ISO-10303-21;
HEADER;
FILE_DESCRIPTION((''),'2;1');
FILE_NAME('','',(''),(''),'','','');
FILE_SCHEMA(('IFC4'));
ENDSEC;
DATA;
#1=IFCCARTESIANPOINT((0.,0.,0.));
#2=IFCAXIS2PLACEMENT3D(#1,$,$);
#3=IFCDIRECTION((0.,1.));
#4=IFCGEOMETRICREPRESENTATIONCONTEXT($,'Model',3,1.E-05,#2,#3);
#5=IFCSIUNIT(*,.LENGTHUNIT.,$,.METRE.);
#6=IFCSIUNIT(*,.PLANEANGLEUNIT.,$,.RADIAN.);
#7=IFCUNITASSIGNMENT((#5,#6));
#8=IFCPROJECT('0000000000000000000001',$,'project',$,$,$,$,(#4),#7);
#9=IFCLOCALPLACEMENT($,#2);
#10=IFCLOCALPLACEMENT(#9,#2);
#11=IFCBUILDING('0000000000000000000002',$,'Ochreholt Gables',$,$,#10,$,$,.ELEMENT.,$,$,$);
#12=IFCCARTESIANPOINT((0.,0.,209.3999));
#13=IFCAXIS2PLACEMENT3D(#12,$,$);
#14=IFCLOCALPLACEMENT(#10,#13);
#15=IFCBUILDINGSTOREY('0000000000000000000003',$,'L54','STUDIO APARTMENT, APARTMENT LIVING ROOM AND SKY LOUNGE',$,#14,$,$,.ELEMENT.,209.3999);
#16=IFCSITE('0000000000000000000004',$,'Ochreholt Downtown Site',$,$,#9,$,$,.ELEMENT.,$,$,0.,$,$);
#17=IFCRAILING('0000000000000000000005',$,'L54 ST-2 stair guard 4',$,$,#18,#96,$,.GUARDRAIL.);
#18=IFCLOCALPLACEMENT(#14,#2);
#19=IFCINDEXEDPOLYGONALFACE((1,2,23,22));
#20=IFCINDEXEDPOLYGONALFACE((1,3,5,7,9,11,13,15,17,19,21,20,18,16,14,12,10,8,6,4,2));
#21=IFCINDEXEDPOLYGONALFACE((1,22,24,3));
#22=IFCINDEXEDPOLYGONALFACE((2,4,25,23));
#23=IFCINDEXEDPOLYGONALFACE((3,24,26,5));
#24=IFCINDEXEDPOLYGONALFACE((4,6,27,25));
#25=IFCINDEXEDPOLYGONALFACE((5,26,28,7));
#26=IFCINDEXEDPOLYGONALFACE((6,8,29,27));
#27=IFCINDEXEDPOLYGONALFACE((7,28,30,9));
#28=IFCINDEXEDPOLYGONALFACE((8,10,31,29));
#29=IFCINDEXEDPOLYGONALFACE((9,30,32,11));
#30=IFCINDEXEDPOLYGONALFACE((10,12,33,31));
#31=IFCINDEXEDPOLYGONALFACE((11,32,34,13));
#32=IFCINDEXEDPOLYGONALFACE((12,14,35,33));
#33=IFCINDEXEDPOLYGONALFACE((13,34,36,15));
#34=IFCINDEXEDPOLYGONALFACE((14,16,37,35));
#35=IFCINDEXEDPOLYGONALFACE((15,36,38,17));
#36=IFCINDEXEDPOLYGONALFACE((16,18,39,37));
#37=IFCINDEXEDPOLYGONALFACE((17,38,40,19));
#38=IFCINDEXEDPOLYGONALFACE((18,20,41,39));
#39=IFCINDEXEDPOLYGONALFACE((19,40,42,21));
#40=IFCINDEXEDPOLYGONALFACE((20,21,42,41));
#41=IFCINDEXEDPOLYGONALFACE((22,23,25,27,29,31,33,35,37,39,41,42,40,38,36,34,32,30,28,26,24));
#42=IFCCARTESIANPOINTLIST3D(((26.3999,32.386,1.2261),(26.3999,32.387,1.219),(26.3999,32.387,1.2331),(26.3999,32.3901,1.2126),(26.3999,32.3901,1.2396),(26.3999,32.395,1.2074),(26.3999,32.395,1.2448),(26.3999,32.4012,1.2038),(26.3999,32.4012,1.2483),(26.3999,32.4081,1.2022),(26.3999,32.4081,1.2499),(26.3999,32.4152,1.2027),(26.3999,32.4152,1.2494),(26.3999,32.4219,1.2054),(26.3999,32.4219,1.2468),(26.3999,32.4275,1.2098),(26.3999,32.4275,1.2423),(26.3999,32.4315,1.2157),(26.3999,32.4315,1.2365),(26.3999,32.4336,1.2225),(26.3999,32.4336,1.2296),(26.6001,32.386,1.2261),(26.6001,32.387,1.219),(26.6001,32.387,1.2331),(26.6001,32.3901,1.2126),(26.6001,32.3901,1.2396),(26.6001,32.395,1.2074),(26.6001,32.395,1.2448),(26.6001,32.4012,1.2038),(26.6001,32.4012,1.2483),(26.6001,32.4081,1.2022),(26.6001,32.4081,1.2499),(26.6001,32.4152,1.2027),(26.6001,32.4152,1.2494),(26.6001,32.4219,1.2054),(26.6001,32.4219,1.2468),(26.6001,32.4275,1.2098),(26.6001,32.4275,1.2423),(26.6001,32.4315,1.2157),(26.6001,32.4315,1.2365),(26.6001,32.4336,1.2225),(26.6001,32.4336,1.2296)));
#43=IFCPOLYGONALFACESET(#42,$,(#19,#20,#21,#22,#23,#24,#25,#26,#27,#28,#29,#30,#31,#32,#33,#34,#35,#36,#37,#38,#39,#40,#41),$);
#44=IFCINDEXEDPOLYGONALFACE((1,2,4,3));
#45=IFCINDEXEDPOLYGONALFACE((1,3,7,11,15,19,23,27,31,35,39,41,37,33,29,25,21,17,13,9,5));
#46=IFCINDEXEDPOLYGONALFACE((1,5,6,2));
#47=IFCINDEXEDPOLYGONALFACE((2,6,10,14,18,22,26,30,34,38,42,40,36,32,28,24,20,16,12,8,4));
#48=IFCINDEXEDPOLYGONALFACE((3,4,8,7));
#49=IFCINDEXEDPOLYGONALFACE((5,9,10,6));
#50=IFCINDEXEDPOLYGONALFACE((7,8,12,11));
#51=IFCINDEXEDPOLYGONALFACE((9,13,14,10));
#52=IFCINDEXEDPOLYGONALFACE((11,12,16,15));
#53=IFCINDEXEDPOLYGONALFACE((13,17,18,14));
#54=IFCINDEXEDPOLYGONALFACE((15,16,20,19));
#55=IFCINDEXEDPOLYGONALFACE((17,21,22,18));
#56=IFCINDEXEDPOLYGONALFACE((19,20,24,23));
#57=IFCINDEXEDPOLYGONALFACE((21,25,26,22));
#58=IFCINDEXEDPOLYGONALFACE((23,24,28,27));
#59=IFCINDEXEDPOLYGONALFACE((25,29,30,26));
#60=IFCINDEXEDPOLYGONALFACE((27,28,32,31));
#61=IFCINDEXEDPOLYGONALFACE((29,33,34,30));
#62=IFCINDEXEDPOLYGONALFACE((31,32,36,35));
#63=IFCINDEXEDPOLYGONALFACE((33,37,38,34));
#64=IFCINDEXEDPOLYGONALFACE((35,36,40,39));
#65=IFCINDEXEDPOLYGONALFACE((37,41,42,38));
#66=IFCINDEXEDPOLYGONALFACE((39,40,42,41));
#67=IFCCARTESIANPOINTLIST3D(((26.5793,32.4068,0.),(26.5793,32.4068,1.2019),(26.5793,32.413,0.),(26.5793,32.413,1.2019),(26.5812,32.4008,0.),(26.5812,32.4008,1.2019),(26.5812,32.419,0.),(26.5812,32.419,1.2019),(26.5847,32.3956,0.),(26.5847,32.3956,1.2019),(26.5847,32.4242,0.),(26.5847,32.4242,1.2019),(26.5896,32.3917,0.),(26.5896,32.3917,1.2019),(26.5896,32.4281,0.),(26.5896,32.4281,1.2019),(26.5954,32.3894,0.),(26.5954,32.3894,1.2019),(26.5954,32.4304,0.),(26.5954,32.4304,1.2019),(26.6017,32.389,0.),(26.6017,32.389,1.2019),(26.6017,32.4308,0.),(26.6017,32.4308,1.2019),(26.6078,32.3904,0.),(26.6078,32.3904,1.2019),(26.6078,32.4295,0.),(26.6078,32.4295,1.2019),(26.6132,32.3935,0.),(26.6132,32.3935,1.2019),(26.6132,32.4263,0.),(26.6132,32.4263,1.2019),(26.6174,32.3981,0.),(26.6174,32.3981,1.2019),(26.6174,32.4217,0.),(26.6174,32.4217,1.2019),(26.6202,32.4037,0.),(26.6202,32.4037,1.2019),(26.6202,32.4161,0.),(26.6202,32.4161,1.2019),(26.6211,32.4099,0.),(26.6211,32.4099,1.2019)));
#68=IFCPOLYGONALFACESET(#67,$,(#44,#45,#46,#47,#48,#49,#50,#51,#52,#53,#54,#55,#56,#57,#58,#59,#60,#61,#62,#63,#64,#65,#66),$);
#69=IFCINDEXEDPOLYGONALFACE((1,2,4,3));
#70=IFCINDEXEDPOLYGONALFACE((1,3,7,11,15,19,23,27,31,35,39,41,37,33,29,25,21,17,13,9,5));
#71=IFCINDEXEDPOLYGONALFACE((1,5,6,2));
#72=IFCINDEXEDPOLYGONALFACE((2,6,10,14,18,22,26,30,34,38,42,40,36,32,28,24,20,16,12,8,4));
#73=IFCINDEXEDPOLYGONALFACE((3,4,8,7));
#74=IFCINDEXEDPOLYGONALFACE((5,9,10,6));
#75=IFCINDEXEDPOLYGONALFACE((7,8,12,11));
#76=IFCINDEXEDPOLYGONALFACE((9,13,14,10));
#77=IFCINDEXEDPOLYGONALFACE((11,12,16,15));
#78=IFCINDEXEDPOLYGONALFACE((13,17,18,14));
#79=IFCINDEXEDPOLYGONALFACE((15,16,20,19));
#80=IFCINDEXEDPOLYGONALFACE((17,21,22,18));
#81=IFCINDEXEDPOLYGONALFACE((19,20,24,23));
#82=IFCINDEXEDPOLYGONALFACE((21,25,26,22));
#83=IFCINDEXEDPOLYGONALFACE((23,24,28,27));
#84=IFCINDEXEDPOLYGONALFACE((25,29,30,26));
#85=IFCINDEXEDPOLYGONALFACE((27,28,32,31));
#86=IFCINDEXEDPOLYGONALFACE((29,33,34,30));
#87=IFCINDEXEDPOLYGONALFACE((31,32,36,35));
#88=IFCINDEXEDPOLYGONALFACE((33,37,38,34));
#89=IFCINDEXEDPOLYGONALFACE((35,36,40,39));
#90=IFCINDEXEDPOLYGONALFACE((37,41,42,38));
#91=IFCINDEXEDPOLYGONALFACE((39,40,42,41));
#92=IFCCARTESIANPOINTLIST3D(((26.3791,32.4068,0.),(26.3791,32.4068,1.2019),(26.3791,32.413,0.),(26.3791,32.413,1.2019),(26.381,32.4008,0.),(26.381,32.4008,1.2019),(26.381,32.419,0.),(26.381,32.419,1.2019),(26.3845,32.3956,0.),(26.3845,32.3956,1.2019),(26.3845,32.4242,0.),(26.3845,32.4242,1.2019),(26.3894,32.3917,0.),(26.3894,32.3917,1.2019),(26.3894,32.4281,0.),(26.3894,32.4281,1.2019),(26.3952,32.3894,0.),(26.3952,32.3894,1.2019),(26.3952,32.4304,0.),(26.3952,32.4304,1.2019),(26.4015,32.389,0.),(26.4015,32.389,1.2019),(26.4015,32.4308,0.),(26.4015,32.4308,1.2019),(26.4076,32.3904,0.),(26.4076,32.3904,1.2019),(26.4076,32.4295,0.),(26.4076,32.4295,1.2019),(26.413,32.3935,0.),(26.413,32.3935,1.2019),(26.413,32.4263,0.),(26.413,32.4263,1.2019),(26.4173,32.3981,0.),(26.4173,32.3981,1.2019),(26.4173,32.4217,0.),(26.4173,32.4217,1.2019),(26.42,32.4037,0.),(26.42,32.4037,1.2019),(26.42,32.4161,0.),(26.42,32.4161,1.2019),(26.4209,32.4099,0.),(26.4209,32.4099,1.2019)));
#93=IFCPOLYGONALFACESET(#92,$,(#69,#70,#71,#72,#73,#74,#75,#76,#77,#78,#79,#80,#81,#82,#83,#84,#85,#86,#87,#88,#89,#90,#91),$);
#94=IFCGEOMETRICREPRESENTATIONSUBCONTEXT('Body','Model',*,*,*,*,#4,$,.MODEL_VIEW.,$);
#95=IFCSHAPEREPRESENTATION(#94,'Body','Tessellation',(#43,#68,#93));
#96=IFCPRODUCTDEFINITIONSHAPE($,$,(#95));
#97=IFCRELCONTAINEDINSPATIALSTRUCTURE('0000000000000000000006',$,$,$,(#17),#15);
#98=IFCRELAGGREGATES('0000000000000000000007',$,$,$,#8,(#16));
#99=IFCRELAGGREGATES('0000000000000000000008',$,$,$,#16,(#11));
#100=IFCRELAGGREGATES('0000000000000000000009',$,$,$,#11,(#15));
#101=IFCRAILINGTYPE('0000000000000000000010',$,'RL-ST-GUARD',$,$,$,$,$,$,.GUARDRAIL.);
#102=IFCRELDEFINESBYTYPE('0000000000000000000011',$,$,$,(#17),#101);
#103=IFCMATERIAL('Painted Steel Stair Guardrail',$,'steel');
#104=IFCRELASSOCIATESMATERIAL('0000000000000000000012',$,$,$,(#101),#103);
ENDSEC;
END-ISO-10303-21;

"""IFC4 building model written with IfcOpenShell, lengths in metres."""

from ifc_helpers import new_model, si_unit, direction, frame, origin, origin_2d, place, context, subcontext, project, spatial, circle, extrude, material, type_object, element, save


model = new_model("IFC4")

# Units and contexts
model_context = context("Model", 3, precision=1e-05, world=origin(), true_north=direction((0.0, 1.0)))
body_context = subcontext(model_context, "Body", "Model", "MODEL_VIEW")
ifc_project = project(units=[si_unit("LENGTHUNIT", "METRE"), si_unit("PLANEANGLEUNIT", "RADIAN")], contexts=[model_context])

# Site, building, storey
site_placement = place(None, origin())
site = spatial("IfcSite", under=ifc_project, at=site_placement, Name="Ochreholt Downtown Site", CompositionType="ELEMENT", RefElevation=0.0)
building_placement = place(site_placement, origin())
building = spatial("IfcBuilding", under=site, at=building_placement, Name="Ochreholt Gables", CompositionType="ELEMENT")
storey_placement = place(building_placement, frame((0.0, 0.0, 209.3999)))
storey = spatial("IfcBuildingStorey", under=building, at=storey_placement, Name="L54", Description="STUDIO APARTMENT, APARTMENT LIVING ROOM AND SKY LOUNGE", CompositionType="ELEMENT", Elevation=209.3999)

# Railing
ifc_material_1 = material(Name="Painted Steel Stair Guardrail", Category="steel")
railing_type_1 = type_object("IfcRailingType", Name="RL-ST-GUARD", PredefinedType="GUARDRAIL", material=ifc_material_1)
railing_1_placement = place(storey_placement, frame((26.6001, 32.4099, 0.0)))
element("IfcRailing", 1, at=railing_1_placement, inside=storey, type_object=railing_type_1, Name="L54 ST-2 stair guard 4", PredefinedType="GUARDRAIL", context=body_context, shape_type="SweptSolid", body=[
    extrude(circle(Radius=0.0239, at=origin_2d()), frame((0.0, 0.0, 1.2261), z_axis=(-1.0, 0.0, 0.0), x_axis=(0.0, -1.0, 0.0)), (0.0, 0.0, 1.0), 0.2002),
    extrude(circle(Radius=0.021, at=origin_2d()), origin(), (0.0, 0.0, 1.0), 1.2019),
    extrude(circle(Radius=0.021, at=origin_2d()), frame((-0.2002, 0.0, 0.0)), (0.0, 0.0, 1.0), 1.2019),
])

save(model, "model.ifc")
